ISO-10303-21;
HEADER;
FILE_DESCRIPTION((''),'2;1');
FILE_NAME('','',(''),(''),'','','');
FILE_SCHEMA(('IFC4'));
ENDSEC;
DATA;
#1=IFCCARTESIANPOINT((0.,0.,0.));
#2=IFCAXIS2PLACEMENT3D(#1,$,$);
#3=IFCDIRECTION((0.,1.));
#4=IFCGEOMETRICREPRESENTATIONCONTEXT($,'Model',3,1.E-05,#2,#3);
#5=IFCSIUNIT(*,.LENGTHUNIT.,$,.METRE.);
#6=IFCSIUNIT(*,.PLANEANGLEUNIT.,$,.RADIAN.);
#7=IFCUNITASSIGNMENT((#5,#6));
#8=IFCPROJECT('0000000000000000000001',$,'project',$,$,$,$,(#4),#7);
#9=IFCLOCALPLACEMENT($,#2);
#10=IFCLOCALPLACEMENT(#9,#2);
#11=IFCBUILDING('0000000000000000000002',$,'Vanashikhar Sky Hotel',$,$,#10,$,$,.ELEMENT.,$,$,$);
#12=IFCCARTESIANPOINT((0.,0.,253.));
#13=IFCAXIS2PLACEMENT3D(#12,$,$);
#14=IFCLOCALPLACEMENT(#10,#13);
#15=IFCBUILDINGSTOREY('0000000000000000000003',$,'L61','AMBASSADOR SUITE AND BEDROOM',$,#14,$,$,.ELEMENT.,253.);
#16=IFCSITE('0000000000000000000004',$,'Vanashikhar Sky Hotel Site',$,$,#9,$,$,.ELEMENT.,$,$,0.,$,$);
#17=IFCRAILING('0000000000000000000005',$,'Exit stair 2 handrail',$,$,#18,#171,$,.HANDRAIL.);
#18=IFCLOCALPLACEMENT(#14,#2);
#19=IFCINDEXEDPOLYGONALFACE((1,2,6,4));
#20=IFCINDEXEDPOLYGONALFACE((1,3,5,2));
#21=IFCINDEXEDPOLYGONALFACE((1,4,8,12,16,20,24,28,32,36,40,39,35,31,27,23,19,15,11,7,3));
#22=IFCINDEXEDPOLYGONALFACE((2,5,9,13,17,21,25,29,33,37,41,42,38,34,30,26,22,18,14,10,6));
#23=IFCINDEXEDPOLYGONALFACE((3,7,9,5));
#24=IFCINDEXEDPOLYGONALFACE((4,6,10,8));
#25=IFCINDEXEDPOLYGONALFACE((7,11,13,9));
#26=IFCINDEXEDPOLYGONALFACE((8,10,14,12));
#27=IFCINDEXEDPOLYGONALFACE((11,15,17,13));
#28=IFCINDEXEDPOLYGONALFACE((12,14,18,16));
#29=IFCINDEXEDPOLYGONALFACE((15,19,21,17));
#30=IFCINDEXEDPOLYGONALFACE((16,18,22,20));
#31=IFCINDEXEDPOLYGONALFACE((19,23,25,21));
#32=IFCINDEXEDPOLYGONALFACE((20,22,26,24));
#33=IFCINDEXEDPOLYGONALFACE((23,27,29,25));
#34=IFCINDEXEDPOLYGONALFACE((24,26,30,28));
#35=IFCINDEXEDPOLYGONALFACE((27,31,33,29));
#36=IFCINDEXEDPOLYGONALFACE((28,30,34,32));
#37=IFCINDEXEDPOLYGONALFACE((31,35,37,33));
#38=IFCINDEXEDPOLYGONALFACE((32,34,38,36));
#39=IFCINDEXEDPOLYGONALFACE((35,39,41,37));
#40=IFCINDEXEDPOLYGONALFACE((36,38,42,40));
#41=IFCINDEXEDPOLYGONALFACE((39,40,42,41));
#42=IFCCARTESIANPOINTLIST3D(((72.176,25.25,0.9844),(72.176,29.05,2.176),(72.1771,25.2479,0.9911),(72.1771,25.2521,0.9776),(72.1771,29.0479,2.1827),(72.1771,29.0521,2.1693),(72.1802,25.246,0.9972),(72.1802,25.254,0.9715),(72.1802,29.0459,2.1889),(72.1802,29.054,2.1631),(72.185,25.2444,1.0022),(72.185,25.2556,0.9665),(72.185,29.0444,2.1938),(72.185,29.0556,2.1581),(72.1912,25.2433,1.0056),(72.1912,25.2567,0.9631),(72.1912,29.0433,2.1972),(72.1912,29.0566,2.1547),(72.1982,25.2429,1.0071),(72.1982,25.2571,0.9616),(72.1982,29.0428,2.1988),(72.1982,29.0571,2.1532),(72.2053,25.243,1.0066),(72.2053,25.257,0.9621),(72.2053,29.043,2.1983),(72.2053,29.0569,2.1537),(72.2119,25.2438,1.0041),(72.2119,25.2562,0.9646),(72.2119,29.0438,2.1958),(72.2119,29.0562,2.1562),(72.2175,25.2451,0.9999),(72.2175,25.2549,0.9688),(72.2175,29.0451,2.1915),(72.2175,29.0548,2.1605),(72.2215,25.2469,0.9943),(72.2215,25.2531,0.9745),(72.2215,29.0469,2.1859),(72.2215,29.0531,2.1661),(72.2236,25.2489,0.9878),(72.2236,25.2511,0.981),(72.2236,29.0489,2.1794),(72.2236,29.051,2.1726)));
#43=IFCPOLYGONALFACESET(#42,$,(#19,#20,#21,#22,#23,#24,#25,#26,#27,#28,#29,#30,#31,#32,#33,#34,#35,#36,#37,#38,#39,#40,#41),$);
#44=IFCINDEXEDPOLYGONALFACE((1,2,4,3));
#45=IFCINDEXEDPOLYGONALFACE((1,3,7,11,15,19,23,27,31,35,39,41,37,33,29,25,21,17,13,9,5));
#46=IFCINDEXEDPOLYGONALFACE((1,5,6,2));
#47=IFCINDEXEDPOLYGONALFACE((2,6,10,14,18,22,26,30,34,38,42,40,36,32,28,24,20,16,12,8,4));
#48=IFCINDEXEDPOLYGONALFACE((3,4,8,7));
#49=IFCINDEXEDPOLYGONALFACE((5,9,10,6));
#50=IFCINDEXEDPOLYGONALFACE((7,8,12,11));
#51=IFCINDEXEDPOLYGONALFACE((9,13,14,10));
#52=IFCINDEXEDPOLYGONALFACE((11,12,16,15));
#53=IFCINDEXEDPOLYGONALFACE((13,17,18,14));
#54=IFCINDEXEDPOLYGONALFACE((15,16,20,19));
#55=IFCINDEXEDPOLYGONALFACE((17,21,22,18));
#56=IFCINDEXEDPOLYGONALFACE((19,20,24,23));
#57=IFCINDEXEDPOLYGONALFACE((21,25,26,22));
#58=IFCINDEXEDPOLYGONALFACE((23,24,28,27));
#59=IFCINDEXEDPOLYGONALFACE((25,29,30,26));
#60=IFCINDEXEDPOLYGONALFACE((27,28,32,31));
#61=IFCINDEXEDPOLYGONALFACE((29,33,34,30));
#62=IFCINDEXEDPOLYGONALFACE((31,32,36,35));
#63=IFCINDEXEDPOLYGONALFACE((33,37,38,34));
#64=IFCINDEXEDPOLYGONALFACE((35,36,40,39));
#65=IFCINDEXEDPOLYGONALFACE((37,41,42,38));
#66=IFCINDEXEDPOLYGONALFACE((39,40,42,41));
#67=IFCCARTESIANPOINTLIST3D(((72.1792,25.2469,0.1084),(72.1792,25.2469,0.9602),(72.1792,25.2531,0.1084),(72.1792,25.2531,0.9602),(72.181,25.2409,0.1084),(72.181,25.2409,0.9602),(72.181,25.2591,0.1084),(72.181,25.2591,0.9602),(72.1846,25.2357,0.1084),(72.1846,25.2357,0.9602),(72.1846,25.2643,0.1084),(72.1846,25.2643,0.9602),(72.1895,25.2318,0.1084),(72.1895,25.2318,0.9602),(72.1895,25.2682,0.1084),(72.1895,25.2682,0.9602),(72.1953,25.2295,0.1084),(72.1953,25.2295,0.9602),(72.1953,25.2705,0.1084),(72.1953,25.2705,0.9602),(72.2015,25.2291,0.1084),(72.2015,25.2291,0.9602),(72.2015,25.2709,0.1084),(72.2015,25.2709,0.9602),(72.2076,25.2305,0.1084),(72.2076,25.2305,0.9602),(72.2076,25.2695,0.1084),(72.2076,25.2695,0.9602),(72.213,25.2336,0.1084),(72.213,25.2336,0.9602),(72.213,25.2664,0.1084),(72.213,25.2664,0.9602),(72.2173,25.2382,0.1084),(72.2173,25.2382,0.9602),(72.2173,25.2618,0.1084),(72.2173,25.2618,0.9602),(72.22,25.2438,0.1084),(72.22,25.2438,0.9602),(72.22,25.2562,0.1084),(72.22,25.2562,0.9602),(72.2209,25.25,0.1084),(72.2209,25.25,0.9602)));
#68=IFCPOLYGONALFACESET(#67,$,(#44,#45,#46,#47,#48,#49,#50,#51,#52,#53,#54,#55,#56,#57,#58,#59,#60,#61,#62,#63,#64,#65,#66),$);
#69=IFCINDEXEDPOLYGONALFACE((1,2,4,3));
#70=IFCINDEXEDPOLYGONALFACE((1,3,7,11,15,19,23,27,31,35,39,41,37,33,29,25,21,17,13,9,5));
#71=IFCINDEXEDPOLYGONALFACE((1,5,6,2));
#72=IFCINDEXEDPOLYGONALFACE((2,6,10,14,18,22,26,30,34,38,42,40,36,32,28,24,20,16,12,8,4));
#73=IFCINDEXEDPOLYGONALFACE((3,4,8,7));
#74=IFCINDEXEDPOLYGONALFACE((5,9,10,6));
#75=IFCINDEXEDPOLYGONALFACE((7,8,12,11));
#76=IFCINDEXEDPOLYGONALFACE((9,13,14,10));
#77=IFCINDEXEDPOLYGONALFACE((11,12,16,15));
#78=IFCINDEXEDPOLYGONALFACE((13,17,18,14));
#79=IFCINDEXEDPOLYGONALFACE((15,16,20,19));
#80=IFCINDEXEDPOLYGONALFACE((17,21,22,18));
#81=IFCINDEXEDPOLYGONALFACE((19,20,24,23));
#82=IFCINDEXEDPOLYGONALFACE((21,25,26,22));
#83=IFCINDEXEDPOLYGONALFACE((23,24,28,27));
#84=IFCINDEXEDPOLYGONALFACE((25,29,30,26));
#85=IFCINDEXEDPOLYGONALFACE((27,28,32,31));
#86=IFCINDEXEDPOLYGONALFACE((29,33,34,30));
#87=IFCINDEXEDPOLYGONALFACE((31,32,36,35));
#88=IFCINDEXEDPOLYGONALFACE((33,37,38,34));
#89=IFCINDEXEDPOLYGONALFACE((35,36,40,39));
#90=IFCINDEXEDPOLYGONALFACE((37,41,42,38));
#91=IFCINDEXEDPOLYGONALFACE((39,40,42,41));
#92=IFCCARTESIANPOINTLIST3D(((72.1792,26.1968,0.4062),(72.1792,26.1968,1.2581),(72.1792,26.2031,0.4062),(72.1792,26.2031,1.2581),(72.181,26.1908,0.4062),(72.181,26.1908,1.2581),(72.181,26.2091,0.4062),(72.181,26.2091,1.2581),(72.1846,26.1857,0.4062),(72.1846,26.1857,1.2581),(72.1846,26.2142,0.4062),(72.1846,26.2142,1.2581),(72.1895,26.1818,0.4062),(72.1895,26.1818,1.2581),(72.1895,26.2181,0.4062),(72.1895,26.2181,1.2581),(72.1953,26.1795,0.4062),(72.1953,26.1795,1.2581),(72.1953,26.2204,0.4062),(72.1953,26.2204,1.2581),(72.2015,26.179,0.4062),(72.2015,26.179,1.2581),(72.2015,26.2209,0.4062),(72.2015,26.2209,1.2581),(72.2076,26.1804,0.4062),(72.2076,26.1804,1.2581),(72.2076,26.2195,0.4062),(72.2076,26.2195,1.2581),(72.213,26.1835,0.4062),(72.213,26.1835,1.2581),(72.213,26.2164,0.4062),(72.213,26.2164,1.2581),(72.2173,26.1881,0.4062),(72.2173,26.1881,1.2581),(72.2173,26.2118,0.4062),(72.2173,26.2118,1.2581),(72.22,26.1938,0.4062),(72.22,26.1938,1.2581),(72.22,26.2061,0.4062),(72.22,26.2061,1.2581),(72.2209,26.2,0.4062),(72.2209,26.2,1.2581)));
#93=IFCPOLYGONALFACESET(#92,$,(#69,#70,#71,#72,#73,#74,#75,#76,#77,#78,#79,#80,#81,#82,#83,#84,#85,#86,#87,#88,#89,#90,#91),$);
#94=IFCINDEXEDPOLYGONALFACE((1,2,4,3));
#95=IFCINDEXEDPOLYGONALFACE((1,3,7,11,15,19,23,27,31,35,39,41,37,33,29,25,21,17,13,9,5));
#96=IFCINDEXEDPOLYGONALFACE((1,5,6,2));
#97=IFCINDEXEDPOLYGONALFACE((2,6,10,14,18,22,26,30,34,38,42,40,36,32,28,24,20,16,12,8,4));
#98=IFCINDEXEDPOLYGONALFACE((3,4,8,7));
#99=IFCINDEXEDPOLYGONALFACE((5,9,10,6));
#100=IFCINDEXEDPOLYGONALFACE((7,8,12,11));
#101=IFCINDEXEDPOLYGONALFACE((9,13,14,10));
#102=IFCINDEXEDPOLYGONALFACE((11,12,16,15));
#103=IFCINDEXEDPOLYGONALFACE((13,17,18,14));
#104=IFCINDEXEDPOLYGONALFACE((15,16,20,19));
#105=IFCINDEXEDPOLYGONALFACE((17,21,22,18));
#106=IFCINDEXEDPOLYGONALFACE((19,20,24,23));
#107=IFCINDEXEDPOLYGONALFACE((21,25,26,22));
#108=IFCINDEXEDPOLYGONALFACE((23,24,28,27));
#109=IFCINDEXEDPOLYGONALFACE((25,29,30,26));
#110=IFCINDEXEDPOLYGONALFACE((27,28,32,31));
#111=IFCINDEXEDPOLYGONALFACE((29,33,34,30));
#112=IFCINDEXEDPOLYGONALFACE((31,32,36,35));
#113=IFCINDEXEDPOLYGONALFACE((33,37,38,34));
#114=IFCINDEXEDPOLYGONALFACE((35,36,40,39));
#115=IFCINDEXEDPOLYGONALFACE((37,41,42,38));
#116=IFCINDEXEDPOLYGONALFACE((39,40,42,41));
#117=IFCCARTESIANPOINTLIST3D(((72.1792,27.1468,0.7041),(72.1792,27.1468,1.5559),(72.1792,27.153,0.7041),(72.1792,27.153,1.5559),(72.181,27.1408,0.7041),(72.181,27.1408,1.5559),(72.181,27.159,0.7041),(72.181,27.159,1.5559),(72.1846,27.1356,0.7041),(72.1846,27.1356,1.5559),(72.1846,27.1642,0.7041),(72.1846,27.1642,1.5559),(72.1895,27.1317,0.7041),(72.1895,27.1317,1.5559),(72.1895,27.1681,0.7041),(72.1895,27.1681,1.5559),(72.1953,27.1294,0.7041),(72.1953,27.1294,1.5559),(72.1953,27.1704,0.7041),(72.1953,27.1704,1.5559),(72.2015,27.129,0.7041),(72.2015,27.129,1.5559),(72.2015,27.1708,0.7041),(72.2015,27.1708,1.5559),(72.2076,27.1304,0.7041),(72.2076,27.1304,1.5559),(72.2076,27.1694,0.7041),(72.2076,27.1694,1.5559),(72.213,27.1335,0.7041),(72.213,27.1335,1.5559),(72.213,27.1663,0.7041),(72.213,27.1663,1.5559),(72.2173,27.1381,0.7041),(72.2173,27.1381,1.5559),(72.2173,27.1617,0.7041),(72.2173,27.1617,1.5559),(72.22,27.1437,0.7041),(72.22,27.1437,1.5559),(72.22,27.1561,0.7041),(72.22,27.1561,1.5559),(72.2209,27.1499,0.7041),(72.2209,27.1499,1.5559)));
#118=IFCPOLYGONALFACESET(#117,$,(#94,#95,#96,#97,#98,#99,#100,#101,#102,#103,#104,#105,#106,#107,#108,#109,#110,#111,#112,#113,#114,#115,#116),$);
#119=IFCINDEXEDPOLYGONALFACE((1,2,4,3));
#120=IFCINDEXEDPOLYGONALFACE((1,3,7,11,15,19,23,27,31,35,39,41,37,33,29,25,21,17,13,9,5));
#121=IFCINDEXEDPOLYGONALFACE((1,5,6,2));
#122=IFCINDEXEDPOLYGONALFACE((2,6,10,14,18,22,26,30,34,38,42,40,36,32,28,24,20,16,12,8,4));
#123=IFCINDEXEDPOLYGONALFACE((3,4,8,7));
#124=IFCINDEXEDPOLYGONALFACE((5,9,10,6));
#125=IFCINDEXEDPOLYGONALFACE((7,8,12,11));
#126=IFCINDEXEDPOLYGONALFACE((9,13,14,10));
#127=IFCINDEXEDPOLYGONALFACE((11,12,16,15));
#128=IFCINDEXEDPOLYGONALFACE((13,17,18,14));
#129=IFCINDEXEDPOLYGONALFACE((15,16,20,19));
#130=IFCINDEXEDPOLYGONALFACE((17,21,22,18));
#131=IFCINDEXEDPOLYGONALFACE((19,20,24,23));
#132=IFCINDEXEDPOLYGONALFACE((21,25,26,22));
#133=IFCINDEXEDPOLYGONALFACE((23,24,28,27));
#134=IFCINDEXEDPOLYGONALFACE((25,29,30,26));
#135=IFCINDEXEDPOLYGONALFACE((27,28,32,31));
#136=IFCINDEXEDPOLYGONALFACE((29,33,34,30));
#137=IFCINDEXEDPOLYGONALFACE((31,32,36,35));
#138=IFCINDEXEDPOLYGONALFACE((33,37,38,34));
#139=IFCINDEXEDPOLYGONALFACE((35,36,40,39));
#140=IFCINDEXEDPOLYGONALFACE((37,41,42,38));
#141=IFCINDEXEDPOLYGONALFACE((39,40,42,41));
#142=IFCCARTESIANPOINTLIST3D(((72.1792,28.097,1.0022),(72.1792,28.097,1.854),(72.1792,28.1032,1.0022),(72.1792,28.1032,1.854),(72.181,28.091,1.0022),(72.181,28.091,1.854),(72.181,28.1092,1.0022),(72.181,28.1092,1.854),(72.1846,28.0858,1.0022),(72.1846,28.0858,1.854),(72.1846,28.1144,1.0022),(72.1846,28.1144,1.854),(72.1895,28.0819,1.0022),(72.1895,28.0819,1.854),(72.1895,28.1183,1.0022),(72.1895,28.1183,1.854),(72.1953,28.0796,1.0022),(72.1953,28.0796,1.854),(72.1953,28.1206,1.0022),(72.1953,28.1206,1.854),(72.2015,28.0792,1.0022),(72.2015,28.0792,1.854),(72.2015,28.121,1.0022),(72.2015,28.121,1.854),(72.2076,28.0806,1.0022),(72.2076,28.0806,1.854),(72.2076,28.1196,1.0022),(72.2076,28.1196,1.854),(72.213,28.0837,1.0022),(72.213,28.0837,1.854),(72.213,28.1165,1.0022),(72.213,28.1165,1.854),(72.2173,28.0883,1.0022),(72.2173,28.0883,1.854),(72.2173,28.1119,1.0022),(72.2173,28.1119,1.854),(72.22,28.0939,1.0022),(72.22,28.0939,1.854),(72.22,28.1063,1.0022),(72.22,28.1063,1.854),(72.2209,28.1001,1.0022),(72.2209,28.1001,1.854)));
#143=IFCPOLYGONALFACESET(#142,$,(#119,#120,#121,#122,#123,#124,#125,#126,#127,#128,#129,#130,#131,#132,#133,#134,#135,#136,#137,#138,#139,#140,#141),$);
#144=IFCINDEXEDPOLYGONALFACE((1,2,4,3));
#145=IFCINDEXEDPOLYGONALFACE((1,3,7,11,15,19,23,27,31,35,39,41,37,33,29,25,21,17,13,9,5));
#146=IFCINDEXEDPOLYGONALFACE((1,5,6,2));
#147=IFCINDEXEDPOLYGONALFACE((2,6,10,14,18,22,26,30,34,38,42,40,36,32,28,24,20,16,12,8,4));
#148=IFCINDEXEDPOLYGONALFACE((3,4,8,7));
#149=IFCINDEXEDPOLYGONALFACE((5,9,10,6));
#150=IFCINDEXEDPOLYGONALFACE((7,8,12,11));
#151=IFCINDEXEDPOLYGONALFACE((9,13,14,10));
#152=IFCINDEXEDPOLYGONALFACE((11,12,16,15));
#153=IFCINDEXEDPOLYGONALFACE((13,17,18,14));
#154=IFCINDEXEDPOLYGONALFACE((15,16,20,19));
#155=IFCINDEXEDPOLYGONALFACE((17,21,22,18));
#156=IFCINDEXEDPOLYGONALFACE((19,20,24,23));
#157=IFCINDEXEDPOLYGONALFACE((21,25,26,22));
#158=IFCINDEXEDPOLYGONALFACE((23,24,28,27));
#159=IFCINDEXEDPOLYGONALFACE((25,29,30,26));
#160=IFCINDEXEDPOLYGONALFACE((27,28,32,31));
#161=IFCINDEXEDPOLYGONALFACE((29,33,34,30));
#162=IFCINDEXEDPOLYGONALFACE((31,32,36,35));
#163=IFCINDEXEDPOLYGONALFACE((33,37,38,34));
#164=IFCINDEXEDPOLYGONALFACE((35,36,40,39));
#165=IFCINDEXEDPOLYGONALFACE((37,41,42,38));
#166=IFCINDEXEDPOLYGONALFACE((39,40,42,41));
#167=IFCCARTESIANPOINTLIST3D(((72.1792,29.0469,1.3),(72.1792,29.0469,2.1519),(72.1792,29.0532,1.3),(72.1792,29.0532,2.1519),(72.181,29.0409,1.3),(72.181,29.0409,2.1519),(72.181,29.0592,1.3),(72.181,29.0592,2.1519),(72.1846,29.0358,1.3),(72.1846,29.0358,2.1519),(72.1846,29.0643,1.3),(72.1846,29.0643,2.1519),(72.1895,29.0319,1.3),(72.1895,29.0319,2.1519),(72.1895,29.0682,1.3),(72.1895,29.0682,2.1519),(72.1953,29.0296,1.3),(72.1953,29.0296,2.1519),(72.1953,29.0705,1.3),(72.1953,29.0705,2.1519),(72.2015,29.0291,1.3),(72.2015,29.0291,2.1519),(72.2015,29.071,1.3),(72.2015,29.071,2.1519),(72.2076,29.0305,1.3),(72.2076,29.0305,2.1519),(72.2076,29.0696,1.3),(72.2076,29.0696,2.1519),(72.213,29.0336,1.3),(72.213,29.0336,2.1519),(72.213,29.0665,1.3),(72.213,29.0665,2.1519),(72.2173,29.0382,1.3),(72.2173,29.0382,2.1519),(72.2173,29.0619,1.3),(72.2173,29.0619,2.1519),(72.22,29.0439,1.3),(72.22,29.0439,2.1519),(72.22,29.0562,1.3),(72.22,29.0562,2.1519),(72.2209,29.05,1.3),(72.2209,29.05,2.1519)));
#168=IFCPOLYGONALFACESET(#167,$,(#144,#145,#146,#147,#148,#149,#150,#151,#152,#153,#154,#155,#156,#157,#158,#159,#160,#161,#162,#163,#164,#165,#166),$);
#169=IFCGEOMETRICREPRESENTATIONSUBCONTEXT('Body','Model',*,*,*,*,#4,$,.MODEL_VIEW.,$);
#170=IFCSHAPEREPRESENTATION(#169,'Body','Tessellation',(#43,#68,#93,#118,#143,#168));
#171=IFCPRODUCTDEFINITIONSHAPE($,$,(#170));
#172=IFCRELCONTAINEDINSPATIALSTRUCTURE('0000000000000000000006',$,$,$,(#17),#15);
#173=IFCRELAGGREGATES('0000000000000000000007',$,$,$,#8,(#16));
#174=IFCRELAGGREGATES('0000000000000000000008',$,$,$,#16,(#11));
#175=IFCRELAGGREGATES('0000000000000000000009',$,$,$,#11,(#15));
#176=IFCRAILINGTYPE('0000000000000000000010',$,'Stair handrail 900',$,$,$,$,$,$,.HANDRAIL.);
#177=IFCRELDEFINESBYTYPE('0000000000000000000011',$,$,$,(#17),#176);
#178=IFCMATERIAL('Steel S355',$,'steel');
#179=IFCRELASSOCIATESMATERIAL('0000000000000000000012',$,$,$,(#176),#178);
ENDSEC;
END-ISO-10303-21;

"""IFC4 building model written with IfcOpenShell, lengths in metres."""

from ifc_helpers import new_model, si_unit, direction, frame, origin, origin_2d, place, context, subcontext, project, spatial, circle, extrude, source, transform, mapped, material, type_object, element, save


model = new_model("IFC4")

# Units and contexts
model_context = context("Model", 3, precision=1e-05, world=origin(), true_north=direction((0.0, 1.0)))
body_context = subcontext(model_context, "Body", "Model", "MODEL_VIEW")
ifc_project = project(units=[si_unit("LENGTHUNIT", "METRE"), si_unit("PLANEANGLEUNIT", "RADIAN")], contexts=[model_context])

# Site, building, storey
site_placement = place(None, origin())
site = spatial("IfcSite", under=ifc_project, at=site_placement, Name="Vanashikhar Sky Hotel Site", CompositionType="ELEMENT", RefElevation=0.0)
building_placement = place(site_placement, origin())
building = spatial("IfcBuilding", under=site, at=building_placement, Name="Vanashikhar Sky Hotel", CompositionType="ELEMENT")
storey_placement = place(building_placement, frame((0.0, 0.0, 253.0)))
storey = spatial("IfcBuildingStorey", under=building, at=storey_placement, Name="L61", Description="AMBASSADOR SUITE AND BEDROOM", CompositionType="ELEMENT", Elevation=253.0)

# Railing
ifc_material_1 = material(Name="Steel S355", Category="steel")
railing_type_1 = type_object("IfcRailingType", Name="Stair handrail 900", PredefinedType="HANDRAIL", material=ifc_material_1)
shared_shape_1 = source(origin(), body_context, "Body", "SweptSolid", [
    extrude(circle(Radius=0.0239, at=origin_2d()), frame((0.0, 0.0, 0.876), z_axis=(0.0, 0.954184, 0.299221), x_axis=(-1.0, 0.0, 0.0)), (0.0, 0.0, 1.0), 3.9824),
    extrude(circle(Radius=0.021, at=origin_2d()), origin(), (0.0, 0.0, 1.0), 0.8518),
    extrude(circle(Radius=0.021, at=origin_2d()), frame((0.0, 0.95, 0.2979)), (0.0, 0.0, 1.0), 0.8518),
    extrude(circle(Radius=0.021, at=origin_2d()), frame((0.0, 1.8999, 0.5957)), (0.0, 0.0, 1.0), 0.8518),
    extrude(circle(Radius=0.021, at=origin_2d()), frame((0.0, 2.8501, 0.8938)), (0.0, 0.0, 1.0), 0.8518),
    extrude(circle(Radius=0.021, at=origin_2d()), frame((0.0, 3.8, 1.1917)), (0.0, 0.0, 1.0), 0.8518),
])
for number, where, name in (
    (1, (72.2, 25.25, 0.1084), "Exit stair 2 handrail"),
):
    element("IfcRailing", number, at=place(storey_placement, frame(where)), inside=storey, type_object=railing_type_1, Name=name, PredefinedType="HANDRAIL", context=body_context, shape_type="MappedRepresentation", body=[
        mapped(shared_shape_1, transform((0.0, 0.0, 0.0), scale=1.0)),
    ])

save(model, "model.ifc")
